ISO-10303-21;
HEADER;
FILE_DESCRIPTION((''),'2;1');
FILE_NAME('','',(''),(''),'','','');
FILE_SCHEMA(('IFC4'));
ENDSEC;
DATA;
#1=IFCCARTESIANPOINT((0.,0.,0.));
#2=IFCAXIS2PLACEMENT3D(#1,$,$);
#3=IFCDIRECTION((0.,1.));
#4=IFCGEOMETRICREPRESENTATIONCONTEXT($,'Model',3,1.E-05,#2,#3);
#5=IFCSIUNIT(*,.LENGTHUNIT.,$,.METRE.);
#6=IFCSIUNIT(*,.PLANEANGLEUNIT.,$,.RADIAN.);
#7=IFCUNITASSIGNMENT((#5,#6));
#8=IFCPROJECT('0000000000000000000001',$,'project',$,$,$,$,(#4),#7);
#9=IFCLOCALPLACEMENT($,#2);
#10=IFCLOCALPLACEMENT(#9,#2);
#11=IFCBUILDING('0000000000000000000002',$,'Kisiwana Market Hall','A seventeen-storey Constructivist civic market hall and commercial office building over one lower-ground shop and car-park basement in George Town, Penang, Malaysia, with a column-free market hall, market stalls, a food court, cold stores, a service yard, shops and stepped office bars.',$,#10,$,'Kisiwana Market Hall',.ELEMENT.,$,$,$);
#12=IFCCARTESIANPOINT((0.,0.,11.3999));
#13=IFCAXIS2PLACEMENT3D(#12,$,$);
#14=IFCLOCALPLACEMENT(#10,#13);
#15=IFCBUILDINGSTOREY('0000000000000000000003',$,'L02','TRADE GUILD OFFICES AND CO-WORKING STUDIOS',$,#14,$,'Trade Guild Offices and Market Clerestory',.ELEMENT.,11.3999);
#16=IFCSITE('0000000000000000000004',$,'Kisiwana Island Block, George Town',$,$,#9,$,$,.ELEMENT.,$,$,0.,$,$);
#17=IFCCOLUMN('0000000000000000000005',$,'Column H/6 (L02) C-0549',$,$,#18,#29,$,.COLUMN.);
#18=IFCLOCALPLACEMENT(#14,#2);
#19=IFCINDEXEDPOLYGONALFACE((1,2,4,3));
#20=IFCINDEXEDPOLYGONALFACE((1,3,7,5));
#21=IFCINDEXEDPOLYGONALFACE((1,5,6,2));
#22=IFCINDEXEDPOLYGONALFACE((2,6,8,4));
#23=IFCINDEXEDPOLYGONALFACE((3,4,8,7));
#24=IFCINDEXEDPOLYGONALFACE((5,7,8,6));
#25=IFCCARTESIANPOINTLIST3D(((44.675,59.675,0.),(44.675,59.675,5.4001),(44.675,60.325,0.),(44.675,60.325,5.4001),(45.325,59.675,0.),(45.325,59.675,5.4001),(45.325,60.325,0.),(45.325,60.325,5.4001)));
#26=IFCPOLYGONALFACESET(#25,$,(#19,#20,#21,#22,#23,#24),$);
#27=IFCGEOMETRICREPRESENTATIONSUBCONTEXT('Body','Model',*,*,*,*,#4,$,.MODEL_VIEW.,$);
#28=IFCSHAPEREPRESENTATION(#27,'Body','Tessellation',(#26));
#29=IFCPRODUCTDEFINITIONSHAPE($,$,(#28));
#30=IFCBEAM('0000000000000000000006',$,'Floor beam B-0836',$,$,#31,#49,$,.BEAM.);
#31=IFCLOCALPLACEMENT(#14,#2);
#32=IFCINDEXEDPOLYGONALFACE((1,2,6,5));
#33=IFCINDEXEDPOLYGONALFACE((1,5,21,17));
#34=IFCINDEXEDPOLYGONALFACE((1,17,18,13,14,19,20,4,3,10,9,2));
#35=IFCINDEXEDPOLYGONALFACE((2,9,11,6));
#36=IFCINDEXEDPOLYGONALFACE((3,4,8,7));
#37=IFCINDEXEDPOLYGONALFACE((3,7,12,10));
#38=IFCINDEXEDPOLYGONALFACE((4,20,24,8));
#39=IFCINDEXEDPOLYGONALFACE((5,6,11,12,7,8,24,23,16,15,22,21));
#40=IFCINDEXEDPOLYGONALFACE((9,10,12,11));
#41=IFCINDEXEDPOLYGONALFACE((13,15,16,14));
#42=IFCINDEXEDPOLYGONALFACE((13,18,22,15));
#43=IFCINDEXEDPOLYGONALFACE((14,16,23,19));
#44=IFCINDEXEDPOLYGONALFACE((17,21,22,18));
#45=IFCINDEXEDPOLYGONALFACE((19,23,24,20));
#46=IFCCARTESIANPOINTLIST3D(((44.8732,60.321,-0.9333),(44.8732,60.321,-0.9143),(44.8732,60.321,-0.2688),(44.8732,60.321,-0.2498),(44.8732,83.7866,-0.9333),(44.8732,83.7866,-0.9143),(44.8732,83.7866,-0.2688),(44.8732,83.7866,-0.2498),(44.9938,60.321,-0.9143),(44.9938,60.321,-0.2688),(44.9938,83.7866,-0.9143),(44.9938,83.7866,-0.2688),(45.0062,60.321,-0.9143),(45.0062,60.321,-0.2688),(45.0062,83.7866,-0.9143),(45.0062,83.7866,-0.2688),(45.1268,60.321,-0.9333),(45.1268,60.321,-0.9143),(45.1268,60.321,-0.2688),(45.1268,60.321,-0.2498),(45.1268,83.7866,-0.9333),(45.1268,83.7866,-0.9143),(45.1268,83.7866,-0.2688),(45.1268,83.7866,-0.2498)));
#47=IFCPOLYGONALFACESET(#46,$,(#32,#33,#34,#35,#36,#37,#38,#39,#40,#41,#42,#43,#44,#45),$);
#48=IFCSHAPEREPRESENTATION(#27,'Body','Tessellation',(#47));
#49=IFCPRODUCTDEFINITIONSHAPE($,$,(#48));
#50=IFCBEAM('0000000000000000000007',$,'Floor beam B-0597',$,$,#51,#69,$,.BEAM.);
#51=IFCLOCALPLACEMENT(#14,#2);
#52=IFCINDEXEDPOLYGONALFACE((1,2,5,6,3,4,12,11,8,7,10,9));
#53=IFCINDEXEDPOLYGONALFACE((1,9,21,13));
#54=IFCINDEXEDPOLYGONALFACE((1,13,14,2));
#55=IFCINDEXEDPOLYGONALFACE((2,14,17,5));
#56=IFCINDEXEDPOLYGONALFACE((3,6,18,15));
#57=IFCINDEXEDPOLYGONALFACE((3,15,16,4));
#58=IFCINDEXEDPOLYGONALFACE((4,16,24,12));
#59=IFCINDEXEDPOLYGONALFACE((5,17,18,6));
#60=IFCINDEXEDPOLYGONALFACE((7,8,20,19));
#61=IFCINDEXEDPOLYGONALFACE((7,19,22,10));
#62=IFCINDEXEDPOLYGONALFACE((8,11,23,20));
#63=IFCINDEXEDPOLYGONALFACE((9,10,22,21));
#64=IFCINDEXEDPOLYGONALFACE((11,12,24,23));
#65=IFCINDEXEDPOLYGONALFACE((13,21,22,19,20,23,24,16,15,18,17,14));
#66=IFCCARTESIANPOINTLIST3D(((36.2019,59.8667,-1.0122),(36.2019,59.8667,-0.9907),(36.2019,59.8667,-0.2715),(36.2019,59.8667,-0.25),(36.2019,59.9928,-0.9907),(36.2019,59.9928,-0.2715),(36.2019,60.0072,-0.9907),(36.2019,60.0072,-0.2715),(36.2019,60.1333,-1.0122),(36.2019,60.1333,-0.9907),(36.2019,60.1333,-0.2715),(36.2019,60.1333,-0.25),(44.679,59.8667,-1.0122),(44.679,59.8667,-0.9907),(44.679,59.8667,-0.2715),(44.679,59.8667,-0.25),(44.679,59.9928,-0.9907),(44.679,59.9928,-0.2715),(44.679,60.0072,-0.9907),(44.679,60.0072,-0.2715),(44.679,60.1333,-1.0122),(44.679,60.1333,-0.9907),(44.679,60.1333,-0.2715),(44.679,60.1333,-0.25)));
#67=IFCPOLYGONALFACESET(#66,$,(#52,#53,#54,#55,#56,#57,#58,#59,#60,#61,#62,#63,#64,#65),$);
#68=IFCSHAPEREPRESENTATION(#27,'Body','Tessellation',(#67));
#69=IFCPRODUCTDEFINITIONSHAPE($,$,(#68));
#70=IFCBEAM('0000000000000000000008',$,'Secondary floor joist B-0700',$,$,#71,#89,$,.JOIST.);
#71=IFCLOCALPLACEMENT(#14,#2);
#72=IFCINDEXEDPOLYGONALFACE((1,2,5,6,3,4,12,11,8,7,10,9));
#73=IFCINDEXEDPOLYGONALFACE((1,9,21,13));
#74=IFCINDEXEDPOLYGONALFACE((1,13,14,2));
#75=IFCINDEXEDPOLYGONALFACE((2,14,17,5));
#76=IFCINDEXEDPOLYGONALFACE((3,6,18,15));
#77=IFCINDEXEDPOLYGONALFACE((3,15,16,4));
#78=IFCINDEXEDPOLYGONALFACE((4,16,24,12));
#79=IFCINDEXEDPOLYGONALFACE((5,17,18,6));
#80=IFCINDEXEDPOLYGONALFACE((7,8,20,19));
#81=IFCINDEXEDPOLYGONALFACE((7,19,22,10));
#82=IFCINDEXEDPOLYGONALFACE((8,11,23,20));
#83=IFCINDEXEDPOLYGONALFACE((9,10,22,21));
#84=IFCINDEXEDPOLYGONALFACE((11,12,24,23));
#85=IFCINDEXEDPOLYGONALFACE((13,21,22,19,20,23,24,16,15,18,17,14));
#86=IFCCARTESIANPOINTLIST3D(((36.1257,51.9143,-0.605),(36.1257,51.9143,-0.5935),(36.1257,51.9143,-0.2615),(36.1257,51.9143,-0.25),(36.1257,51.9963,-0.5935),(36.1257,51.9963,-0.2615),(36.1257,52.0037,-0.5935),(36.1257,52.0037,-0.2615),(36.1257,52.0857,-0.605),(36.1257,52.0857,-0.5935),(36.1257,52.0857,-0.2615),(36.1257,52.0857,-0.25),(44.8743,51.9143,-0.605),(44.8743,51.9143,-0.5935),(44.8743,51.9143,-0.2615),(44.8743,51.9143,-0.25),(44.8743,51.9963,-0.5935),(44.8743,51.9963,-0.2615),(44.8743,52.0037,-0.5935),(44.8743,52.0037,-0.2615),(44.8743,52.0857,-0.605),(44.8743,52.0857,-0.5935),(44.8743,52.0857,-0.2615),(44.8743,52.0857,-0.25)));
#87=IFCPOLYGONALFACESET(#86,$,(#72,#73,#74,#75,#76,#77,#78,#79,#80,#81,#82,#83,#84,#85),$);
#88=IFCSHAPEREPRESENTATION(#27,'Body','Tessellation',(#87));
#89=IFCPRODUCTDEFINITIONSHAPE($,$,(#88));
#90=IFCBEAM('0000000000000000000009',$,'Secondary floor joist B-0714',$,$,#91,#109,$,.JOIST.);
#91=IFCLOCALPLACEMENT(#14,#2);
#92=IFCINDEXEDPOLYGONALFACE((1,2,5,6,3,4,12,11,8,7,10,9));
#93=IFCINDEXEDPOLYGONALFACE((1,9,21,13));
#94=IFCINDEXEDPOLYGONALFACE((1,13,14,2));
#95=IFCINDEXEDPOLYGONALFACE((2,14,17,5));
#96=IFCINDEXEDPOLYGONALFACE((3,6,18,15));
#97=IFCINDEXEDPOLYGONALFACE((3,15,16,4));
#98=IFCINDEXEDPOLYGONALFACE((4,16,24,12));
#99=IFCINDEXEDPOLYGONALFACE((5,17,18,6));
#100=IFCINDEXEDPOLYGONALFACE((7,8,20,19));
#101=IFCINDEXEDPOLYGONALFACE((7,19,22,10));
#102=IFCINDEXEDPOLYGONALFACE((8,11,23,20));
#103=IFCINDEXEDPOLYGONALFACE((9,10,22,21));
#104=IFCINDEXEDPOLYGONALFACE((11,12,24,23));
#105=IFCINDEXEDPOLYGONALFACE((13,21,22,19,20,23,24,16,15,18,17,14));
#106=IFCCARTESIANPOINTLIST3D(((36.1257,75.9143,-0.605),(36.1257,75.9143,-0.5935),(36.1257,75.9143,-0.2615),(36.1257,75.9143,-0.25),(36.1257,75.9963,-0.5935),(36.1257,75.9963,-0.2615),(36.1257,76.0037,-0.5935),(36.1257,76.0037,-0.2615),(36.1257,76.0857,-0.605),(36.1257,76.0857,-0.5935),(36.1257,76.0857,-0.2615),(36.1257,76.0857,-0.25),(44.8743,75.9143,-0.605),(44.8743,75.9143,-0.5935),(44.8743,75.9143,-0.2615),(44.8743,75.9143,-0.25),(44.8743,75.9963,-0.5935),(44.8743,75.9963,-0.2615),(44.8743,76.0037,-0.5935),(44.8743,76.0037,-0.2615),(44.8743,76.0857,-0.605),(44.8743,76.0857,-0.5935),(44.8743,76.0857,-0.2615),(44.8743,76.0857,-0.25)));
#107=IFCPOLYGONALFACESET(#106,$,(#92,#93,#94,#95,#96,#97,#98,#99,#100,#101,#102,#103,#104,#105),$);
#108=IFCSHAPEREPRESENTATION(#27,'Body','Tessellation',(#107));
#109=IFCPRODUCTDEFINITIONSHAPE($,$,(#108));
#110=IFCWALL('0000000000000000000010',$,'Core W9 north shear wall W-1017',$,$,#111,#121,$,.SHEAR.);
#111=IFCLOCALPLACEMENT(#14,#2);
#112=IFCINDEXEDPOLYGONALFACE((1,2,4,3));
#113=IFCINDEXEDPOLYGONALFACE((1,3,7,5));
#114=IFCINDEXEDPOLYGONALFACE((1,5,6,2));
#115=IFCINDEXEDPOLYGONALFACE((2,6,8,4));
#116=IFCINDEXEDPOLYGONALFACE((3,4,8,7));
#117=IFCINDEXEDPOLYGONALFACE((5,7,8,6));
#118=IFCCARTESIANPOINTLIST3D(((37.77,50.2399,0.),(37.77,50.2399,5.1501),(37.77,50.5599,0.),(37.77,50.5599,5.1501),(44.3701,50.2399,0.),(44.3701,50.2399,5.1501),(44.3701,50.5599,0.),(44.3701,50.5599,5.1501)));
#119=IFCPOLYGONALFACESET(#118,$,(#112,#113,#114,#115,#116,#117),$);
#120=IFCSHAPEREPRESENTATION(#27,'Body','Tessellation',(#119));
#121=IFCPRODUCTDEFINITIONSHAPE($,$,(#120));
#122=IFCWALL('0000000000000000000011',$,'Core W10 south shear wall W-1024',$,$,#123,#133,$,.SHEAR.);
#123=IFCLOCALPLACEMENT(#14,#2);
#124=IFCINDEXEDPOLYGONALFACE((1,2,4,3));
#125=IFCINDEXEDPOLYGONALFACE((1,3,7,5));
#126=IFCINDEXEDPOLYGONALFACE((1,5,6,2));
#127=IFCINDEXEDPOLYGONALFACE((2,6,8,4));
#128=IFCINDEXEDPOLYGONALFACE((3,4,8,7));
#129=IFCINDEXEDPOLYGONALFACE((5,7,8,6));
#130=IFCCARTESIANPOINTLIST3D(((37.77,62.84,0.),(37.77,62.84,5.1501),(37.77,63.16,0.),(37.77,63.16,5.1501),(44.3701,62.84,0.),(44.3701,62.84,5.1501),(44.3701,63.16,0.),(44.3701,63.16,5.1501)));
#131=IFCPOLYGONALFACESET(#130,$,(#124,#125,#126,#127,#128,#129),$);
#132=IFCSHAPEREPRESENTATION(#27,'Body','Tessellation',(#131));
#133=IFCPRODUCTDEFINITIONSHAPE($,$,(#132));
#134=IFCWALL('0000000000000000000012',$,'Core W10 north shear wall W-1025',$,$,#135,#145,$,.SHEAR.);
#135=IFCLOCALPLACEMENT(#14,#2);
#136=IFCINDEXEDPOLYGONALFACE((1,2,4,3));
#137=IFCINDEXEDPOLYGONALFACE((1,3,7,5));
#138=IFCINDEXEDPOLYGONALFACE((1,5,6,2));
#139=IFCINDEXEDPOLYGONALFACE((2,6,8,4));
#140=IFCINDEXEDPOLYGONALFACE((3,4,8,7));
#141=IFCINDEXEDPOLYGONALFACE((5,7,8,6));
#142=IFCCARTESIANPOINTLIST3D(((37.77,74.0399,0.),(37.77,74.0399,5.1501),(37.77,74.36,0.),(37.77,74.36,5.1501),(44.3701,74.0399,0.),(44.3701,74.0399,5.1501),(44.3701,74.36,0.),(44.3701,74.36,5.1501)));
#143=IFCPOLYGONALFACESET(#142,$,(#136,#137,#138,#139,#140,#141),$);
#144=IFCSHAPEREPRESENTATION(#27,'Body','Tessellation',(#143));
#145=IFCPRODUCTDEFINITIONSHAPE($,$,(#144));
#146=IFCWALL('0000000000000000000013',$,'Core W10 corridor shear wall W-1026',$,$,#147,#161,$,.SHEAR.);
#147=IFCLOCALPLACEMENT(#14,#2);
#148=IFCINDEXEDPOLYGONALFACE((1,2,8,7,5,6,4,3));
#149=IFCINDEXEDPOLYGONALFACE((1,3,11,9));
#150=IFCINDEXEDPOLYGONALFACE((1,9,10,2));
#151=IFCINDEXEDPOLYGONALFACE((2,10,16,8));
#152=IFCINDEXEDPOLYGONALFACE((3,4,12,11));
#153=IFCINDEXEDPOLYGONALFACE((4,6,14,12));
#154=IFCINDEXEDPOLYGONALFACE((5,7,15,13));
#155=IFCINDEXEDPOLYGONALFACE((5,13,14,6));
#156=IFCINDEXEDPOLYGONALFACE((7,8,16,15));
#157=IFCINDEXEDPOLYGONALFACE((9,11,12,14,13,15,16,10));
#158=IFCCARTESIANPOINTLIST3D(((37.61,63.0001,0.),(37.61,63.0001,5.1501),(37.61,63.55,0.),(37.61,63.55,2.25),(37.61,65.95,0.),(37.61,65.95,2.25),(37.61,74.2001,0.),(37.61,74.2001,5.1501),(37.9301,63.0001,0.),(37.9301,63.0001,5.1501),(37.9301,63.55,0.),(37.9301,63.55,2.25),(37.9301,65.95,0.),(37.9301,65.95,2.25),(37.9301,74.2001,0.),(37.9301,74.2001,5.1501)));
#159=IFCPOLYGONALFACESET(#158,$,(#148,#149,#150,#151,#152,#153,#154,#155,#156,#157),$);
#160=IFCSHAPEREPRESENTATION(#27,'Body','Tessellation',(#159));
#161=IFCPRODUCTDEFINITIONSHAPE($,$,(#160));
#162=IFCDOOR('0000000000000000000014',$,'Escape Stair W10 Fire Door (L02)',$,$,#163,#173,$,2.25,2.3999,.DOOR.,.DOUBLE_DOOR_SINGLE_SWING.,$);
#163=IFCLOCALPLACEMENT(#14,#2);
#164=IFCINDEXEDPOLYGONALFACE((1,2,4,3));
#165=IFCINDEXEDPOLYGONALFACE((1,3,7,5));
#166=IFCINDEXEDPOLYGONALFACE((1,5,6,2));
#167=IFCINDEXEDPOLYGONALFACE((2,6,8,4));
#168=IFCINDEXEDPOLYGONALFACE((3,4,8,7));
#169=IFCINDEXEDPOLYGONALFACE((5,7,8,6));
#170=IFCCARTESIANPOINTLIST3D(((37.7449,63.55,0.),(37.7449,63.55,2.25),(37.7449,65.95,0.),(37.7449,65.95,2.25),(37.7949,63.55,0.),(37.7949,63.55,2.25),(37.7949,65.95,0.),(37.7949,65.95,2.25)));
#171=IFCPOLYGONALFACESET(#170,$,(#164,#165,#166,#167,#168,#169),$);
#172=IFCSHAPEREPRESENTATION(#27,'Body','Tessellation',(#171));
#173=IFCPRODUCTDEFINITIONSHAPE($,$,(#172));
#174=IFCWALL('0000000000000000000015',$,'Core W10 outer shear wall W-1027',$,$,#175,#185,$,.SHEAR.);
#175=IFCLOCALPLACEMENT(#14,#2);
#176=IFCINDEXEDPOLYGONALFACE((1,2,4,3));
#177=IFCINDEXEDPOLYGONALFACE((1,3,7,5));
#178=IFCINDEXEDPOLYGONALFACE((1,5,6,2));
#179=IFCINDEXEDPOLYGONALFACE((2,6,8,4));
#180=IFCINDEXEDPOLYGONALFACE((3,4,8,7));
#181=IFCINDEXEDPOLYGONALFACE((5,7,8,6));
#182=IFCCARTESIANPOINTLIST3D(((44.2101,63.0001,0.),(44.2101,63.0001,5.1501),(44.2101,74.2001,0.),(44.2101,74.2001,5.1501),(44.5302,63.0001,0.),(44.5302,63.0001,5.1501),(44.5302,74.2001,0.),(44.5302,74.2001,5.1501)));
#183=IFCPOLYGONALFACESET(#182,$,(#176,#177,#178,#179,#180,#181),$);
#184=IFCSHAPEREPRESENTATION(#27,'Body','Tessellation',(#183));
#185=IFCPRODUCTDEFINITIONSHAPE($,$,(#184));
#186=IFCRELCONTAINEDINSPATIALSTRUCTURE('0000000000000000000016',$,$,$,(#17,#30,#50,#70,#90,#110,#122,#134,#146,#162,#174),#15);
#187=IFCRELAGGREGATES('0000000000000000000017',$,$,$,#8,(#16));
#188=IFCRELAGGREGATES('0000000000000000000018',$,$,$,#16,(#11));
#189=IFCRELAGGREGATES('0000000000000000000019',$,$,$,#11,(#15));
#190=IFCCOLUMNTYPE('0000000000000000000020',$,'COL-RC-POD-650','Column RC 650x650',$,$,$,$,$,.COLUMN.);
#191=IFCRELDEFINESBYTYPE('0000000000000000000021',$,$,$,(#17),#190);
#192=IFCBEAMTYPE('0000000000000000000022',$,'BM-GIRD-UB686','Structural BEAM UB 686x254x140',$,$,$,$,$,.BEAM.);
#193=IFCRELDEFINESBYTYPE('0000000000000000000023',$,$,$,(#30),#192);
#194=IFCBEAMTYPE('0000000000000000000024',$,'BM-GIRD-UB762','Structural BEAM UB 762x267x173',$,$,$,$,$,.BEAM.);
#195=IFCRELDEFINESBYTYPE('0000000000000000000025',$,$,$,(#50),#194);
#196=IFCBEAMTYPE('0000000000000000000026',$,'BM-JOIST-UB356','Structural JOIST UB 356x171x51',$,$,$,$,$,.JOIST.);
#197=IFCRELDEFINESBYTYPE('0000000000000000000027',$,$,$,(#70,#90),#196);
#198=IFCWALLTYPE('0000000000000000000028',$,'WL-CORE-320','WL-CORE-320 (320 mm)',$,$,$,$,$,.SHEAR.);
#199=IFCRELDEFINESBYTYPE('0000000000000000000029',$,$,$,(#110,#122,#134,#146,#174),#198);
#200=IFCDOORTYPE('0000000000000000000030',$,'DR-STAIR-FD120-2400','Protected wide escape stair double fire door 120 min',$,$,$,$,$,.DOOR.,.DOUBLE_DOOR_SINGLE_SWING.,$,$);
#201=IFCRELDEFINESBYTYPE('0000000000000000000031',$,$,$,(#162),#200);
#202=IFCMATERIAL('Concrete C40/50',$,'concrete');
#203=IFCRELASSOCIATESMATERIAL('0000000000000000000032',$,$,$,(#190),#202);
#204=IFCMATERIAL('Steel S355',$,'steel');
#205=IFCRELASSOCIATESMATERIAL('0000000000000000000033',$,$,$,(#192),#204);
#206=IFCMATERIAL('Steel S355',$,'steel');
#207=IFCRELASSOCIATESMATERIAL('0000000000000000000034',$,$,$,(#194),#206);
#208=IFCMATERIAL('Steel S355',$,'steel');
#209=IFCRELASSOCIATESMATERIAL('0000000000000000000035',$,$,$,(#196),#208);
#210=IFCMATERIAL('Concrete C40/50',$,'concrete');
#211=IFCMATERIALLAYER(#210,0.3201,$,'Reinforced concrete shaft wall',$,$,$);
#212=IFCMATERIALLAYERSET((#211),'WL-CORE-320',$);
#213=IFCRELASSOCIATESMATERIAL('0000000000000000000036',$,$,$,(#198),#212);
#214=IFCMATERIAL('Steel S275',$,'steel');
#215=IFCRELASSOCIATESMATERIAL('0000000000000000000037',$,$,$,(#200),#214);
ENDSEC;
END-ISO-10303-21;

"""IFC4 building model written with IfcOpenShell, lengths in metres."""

from ifc_helpers import new_model, si_unit, direction, frame, frame_2d, origin, origin_2d, place, context, subcontext, project, spatial, rectangle, i_section, extrude, material, layer, layer_set, material_profile, profile_set, type_object, element, fill, save


model = new_model("IFC4")

# Units and contexts
model_context = context("Model", 3, precision=1e-05, world=origin(), true_north=direction((0.0, 1.0)))
body_context = subcontext(model_context, "Body", "Model", "MODEL_VIEW")
ifc_project = project(units=[si_unit("LENGTHUNIT", "METRE"), si_unit("PLANEANGLEUNIT", "RADIAN")], contexts=[model_context])

# Site, building, storey
site_placement = place(None, origin())
site = spatial("IfcSite", under=ifc_project, at=site_placement, Name="Kisiwana Island Block, George Town", CompositionType="ELEMENT", RefElevation=0.0)
building_placement = place(site_placement, origin())
building = spatial("IfcBuilding", under=site, at=building_placement, Name="Kisiwana Market Hall", Description="A seventeen-storey Constructivist civic market hall and commercial office building over one lower-ground shop and car-park basement in George Town, Penang, Malaysia, with a column-free market hall, market stalls, a food court, cold stores, a service yard, shops and stepped office bars.", LongName="Kisiwana Market Hall", CompositionType="ELEMENT")
storey_placement = place(building_placement, frame((0.0, 0.0, 11.3999)))
storey = spatial("IfcBuildingStorey", under=building, at=storey_placement, Name="L02", Description="TRADE GUILD OFFICES AND CO-WORKING STUDIOS", LongName="Trade Guild Offices and Market Clerestory", CompositionType="ELEMENT", Elevation=11.3999)

# Column
ifc_material_1 = material(Name="Concrete C40/50", Category="concrete")
ifc_material_profile_1 = material_profile(ifc_material_1, rectangle(XDim=0.6499, YDim=0.6499, at=origin_2d()), Name="RC 650x650")
ifc_profile_set_1 = profile_set([ifc_material_profile_1], Name="Concrete C40/50")
column_type = type_object("IfcColumnType", Name="COL-RC-POD-650", Description="Column RC 650x650", PredefinedType="COLUMN", material=ifc_profile_set_1)
column_placement = place(storey_placement, frame((45.0, 60.0, 0.0), z_axis=(0.0, 0.0, 1.0), x_axis=(1.0, 0.0, 0.0)))
element("IfcColumn", 1, at=column_placement, inside=storey, type_object=column_type, Name="Column H/6 (L02) C-0549", PredefinedType="COLUMN", context=body_context, shape_type="SweptSolid", body=[
    extrude(rectangle(XDim=0.6499, YDim=0.6499, at=origin_2d()), origin(), (0.0, 0.0, 1.0), 5.4001),
])

# Beams
ifc_material_2 = material(Name="Steel S355", Category="steel")
ifc_material_profile_2 = material_profile(ifc_material_2, i_section(OverallWidth=0.2537, OverallDepth=0.6836, WebThickness=0.0125, FlangeThickness=0.019, at=origin_2d()), Name="UB 686x254x140")
ifc_profile_set_2 = profile_set([ifc_material_profile_2], Name="Steel S355")
beam_type_1 = type_object("IfcBeamType", Name="BM-GIRD-UB686", Description="Structural BEAM UB 686x254x140", PredefinedType="BEAM", material=ifc_profile_set_2)
beam_1_placement = place(storey_placement, frame((45.0, 60.321, -0.5916), z_axis=(0.0, 1.0, 0.0), x_axis=(-1.0, 0.0, 0.0)))
element("IfcBeam", 2, at=beam_1_placement, inside=storey, type_object=beam_type_1, Name="Floor beam B-0836", PredefinedType="BEAM", context=body_context, shape_type="SweptSolid", body=[
    extrude(i_section(OverallWidth=0.2537, OverallDepth=0.6836, WebThickness=0.0125, FlangeThickness=0.019, at=origin_2d()), origin(), (0.0, 0.0, 1.0), 23.4656),
])
ifc_material_3 = material(Name="Steel S355", Category="steel")
ifc_material_profile_3 = material_profile(ifc_material_3, i_section(OverallWidth=0.2666, OverallDepth=0.7622, WebThickness=0.0144, FlangeThickness=0.0215, at=origin_2d()), Name="UB 762x267x173")
ifc_profile_set_3 = profile_set([ifc_material_profile_3], Name="Steel S355")
beam_type_2 = type_object("IfcBeamType", Name="BM-GIRD-UB762", Description="Structural BEAM UB 762x267x173", PredefinedType="BEAM", material=ifc_profile_set_3)
beam_2_placement = place(storey_placement, frame((36.2019, 60.0, -0.6311), z_axis=(1.0, 0.0, 0.0), x_axis=(0.0, 1.0, 0.0)))
element("IfcBeam", 3, at=beam_2_placement, inside=storey, type_object=beam_type_2, Name="Floor beam B-0597", PredefinedType="BEAM", context=body_context, shape_type="SweptSolid", body=[
    extrude(i_section(OverallWidth=0.2666, OverallDepth=0.7622, WebThickness=0.0144, FlangeThickness=0.0215, at=origin_2d()), origin(), (0.0, 0.0, 1.0), 8.4771),
])
ifc_material_4 = material(Name="Steel S355", Category="steel")
ifc_material_profile_4 = material_profile(ifc_material_4, i_section(OverallWidth=0.1714, OverallDepth=0.355, WebThickness=0.0073, FlangeThickness=0.0115, at=origin_2d()), Name="UB 356x171x51")
ifc_profile_set_4 = profile_set([ifc_material_profile_4], Name="Steel S355")
beam_type_3 = type_object("IfcBeamType", Name="BM-JOIST-UB356", Description="Structural JOIST UB 356x171x51", PredefinedType="JOIST", material=ifc_profile_set_4)
for number, where, z_axis, x_axis, name in (
    (4, (36.1257, 52.0, -0.4275), (1.0, 0.0, 0.0), (0.0, 1.0, 0.0), "Secondary floor joist B-0700"),
    (5, (36.1257, 76.0, -0.4275), (1.0, 0.0, 0.0), (0.0, 1.0, 0.0), "Secondary floor joist B-0714"),
):
    element("IfcBeam", number, at=place(storey_placement, frame(where, z_axis=z_axis, x_axis=x_axis)), inside=storey, type_object=beam_type_3, Name=name, PredefinedType="JOIST", context=body_context, shape_type="SweptSolid", body=[
        extrude(i_section(OverallWidth=0.1714, OverallDepth=0.355, WebThickness=0.0073, FlangeThickness=0.0115, at=origin_2d()), origin(), (0.0, 0.0, 1.0), 8.7485),
    ])

# Walls
ifc_material_5 = material(Name="Concrete C40/50", Category="concrete")
ifc_layer_1 = layer(ifc_material_5, 0.3201, Name="Reinforced concrete shaft wall")
ifc_layer_set_1 = layer_set([ifc_layer_1], Name="WL-CORE-320")
wall_type_1 = type_object("IfcWallType", Name="WL-CORE-320", Description="WL-CORE-320 (320 mm)", PredefinedType="SHEAR", material=ifc_layer_set_1)
for number, where, z_axis, x_axis, name in (
    (6, (37.77, 50.3999, 0.0), (0.0, 0.0, 1.0), (1.0, 0.0, 0.0), "Core W9 north shear wall W-1017"),
    (7, (37.77, 63.0, 0.0), (0.0, 0.0, 1.0), (1.0, 0.0, 0.0), "Core W10 south shear wall W-1024"),
    (8, (37.77, 74.2, 0.0), (0.0, 0.0, 1.0), (1.0, 0.0, 0.0), "Core W10 north shear wall W-1025"),
):
    element("IfcWall", number, at=place(storey_placement, frame(where, z_axis=z_axis, x_axis=x_axis)), inside=storey, type_object=wall_type_1, Name=name, PredefinedType="SHEAR", context=body_context, shape_type="SweptSolid", body=[
        extrude(rectangle(XDim=6.6001, YDim=0.3201, at=frame_2d((3.3, 0.0))), origin(), (0.0, 0.0, 1.0), 5.1501),
    ])

# Wall, opening, door
wall_1_placement = place(storey_placement, frame((37.77, 63.0, 0.0), z_axis=(0.0, 0.0, 1.0), x_axis=(0.0, 1.0, 0.0)))
wall_1 = element("IfcWall", 9, at=wall_1_placement, inside=storey, type_object=wall_type_1, Name="Core W10 corridor shear wall W-1026", PredefinedType="SHEAR", context=body_context, shape_type="SweptSolid", body=[
    extrude(rectangle(XDim=11.2, YDim=0.3201, at=frame_2d((5.6001, 0.0))), origin(), (0.0, 0.0, 1.0), 5.1501),
])
opening_placement = place(wall_1_placement, frame((0.55, 0.0, 0.0)))
opening = element("IfcOpeningElement", 10, at=opening_placement, cuts=wall_1, PredefinedType="OPENING", context=body_context, shape_type="SweptSolid", body=[
    extrude(rectangle(XDim=2.3999, YDim=2.25, at=frame_2d((1.2, 1.125))), frame((0.0, 0.1719, 0.0), z_axis=(0.0, -1.0, 0.0), x_axis=(1.0, 0.0, 0.0)), (0.0, 0.0, 1.0), 0.344),
])
ifc_material_6 = material(Name="Steel S275", Category="steel")
door_type = type_object("IfcDoorType", Name="DR-STAIR-FD120-2400", Description="Protected wide escape stair double fire door 120 min", OperationType="DOUBLE_DOOR_SINGLE_SWING", PredefinedType="DOOR", material=ifc_material_6)
door_placement = place(opening_placement, frame((2.3999, 0.0, 0.0), z_axis=(0.0, 0.0, 1.0), x_axis=(-1.0, 0.0, 0.0)))
door = element("IfcDoor", 11, at=door_placement, inside=storey, type_object=door_type, Name="Escape Stair W10 Fire Door (L02)", OperationType="DOUBLE_DOOR_SINGLE_SWING", OverallHeight=2.25, OverallWidth=2.3999, PredefinedType="DOOR", context=body_context, shape_type="SweptSolid", body=[
    extrude(rectangle(XDim=2.3999, YDim=2.25, at=frame_2d((1.2, 1.125))), frame((0.0, 0.0249, 0.0), z_axis=(0.0, -1.0, 0.0), x_axis=(1.0, 0.0, 0.0)), (0.0, 0.0, 1.0), 0.05),
])
fill(opening, door)

# Wall
wall_2_placement = place(storey_placement, frame((44.3701, 63.0, 0.0), z_axis=(0.0, 0.0, 1.0), x_axis=(0.0, 1.0, 0.0)))
element("IfcWall", 12, at=wall_2_placement, inside=storey, type_object=wall_type_1, Name="Core W10 outer shear wall W-1027", PredefinedType="SHEAR", context=body_context, shape_type="SweptSolid", body=[
    extrude(rectangle(XDim=11.2, YDim=0.3201, at=frame_2d((5.6001, 0.0))), origin(), (0.0, 0.0, 1.0), 5.1501),
])

save(model, "model.ifc")
